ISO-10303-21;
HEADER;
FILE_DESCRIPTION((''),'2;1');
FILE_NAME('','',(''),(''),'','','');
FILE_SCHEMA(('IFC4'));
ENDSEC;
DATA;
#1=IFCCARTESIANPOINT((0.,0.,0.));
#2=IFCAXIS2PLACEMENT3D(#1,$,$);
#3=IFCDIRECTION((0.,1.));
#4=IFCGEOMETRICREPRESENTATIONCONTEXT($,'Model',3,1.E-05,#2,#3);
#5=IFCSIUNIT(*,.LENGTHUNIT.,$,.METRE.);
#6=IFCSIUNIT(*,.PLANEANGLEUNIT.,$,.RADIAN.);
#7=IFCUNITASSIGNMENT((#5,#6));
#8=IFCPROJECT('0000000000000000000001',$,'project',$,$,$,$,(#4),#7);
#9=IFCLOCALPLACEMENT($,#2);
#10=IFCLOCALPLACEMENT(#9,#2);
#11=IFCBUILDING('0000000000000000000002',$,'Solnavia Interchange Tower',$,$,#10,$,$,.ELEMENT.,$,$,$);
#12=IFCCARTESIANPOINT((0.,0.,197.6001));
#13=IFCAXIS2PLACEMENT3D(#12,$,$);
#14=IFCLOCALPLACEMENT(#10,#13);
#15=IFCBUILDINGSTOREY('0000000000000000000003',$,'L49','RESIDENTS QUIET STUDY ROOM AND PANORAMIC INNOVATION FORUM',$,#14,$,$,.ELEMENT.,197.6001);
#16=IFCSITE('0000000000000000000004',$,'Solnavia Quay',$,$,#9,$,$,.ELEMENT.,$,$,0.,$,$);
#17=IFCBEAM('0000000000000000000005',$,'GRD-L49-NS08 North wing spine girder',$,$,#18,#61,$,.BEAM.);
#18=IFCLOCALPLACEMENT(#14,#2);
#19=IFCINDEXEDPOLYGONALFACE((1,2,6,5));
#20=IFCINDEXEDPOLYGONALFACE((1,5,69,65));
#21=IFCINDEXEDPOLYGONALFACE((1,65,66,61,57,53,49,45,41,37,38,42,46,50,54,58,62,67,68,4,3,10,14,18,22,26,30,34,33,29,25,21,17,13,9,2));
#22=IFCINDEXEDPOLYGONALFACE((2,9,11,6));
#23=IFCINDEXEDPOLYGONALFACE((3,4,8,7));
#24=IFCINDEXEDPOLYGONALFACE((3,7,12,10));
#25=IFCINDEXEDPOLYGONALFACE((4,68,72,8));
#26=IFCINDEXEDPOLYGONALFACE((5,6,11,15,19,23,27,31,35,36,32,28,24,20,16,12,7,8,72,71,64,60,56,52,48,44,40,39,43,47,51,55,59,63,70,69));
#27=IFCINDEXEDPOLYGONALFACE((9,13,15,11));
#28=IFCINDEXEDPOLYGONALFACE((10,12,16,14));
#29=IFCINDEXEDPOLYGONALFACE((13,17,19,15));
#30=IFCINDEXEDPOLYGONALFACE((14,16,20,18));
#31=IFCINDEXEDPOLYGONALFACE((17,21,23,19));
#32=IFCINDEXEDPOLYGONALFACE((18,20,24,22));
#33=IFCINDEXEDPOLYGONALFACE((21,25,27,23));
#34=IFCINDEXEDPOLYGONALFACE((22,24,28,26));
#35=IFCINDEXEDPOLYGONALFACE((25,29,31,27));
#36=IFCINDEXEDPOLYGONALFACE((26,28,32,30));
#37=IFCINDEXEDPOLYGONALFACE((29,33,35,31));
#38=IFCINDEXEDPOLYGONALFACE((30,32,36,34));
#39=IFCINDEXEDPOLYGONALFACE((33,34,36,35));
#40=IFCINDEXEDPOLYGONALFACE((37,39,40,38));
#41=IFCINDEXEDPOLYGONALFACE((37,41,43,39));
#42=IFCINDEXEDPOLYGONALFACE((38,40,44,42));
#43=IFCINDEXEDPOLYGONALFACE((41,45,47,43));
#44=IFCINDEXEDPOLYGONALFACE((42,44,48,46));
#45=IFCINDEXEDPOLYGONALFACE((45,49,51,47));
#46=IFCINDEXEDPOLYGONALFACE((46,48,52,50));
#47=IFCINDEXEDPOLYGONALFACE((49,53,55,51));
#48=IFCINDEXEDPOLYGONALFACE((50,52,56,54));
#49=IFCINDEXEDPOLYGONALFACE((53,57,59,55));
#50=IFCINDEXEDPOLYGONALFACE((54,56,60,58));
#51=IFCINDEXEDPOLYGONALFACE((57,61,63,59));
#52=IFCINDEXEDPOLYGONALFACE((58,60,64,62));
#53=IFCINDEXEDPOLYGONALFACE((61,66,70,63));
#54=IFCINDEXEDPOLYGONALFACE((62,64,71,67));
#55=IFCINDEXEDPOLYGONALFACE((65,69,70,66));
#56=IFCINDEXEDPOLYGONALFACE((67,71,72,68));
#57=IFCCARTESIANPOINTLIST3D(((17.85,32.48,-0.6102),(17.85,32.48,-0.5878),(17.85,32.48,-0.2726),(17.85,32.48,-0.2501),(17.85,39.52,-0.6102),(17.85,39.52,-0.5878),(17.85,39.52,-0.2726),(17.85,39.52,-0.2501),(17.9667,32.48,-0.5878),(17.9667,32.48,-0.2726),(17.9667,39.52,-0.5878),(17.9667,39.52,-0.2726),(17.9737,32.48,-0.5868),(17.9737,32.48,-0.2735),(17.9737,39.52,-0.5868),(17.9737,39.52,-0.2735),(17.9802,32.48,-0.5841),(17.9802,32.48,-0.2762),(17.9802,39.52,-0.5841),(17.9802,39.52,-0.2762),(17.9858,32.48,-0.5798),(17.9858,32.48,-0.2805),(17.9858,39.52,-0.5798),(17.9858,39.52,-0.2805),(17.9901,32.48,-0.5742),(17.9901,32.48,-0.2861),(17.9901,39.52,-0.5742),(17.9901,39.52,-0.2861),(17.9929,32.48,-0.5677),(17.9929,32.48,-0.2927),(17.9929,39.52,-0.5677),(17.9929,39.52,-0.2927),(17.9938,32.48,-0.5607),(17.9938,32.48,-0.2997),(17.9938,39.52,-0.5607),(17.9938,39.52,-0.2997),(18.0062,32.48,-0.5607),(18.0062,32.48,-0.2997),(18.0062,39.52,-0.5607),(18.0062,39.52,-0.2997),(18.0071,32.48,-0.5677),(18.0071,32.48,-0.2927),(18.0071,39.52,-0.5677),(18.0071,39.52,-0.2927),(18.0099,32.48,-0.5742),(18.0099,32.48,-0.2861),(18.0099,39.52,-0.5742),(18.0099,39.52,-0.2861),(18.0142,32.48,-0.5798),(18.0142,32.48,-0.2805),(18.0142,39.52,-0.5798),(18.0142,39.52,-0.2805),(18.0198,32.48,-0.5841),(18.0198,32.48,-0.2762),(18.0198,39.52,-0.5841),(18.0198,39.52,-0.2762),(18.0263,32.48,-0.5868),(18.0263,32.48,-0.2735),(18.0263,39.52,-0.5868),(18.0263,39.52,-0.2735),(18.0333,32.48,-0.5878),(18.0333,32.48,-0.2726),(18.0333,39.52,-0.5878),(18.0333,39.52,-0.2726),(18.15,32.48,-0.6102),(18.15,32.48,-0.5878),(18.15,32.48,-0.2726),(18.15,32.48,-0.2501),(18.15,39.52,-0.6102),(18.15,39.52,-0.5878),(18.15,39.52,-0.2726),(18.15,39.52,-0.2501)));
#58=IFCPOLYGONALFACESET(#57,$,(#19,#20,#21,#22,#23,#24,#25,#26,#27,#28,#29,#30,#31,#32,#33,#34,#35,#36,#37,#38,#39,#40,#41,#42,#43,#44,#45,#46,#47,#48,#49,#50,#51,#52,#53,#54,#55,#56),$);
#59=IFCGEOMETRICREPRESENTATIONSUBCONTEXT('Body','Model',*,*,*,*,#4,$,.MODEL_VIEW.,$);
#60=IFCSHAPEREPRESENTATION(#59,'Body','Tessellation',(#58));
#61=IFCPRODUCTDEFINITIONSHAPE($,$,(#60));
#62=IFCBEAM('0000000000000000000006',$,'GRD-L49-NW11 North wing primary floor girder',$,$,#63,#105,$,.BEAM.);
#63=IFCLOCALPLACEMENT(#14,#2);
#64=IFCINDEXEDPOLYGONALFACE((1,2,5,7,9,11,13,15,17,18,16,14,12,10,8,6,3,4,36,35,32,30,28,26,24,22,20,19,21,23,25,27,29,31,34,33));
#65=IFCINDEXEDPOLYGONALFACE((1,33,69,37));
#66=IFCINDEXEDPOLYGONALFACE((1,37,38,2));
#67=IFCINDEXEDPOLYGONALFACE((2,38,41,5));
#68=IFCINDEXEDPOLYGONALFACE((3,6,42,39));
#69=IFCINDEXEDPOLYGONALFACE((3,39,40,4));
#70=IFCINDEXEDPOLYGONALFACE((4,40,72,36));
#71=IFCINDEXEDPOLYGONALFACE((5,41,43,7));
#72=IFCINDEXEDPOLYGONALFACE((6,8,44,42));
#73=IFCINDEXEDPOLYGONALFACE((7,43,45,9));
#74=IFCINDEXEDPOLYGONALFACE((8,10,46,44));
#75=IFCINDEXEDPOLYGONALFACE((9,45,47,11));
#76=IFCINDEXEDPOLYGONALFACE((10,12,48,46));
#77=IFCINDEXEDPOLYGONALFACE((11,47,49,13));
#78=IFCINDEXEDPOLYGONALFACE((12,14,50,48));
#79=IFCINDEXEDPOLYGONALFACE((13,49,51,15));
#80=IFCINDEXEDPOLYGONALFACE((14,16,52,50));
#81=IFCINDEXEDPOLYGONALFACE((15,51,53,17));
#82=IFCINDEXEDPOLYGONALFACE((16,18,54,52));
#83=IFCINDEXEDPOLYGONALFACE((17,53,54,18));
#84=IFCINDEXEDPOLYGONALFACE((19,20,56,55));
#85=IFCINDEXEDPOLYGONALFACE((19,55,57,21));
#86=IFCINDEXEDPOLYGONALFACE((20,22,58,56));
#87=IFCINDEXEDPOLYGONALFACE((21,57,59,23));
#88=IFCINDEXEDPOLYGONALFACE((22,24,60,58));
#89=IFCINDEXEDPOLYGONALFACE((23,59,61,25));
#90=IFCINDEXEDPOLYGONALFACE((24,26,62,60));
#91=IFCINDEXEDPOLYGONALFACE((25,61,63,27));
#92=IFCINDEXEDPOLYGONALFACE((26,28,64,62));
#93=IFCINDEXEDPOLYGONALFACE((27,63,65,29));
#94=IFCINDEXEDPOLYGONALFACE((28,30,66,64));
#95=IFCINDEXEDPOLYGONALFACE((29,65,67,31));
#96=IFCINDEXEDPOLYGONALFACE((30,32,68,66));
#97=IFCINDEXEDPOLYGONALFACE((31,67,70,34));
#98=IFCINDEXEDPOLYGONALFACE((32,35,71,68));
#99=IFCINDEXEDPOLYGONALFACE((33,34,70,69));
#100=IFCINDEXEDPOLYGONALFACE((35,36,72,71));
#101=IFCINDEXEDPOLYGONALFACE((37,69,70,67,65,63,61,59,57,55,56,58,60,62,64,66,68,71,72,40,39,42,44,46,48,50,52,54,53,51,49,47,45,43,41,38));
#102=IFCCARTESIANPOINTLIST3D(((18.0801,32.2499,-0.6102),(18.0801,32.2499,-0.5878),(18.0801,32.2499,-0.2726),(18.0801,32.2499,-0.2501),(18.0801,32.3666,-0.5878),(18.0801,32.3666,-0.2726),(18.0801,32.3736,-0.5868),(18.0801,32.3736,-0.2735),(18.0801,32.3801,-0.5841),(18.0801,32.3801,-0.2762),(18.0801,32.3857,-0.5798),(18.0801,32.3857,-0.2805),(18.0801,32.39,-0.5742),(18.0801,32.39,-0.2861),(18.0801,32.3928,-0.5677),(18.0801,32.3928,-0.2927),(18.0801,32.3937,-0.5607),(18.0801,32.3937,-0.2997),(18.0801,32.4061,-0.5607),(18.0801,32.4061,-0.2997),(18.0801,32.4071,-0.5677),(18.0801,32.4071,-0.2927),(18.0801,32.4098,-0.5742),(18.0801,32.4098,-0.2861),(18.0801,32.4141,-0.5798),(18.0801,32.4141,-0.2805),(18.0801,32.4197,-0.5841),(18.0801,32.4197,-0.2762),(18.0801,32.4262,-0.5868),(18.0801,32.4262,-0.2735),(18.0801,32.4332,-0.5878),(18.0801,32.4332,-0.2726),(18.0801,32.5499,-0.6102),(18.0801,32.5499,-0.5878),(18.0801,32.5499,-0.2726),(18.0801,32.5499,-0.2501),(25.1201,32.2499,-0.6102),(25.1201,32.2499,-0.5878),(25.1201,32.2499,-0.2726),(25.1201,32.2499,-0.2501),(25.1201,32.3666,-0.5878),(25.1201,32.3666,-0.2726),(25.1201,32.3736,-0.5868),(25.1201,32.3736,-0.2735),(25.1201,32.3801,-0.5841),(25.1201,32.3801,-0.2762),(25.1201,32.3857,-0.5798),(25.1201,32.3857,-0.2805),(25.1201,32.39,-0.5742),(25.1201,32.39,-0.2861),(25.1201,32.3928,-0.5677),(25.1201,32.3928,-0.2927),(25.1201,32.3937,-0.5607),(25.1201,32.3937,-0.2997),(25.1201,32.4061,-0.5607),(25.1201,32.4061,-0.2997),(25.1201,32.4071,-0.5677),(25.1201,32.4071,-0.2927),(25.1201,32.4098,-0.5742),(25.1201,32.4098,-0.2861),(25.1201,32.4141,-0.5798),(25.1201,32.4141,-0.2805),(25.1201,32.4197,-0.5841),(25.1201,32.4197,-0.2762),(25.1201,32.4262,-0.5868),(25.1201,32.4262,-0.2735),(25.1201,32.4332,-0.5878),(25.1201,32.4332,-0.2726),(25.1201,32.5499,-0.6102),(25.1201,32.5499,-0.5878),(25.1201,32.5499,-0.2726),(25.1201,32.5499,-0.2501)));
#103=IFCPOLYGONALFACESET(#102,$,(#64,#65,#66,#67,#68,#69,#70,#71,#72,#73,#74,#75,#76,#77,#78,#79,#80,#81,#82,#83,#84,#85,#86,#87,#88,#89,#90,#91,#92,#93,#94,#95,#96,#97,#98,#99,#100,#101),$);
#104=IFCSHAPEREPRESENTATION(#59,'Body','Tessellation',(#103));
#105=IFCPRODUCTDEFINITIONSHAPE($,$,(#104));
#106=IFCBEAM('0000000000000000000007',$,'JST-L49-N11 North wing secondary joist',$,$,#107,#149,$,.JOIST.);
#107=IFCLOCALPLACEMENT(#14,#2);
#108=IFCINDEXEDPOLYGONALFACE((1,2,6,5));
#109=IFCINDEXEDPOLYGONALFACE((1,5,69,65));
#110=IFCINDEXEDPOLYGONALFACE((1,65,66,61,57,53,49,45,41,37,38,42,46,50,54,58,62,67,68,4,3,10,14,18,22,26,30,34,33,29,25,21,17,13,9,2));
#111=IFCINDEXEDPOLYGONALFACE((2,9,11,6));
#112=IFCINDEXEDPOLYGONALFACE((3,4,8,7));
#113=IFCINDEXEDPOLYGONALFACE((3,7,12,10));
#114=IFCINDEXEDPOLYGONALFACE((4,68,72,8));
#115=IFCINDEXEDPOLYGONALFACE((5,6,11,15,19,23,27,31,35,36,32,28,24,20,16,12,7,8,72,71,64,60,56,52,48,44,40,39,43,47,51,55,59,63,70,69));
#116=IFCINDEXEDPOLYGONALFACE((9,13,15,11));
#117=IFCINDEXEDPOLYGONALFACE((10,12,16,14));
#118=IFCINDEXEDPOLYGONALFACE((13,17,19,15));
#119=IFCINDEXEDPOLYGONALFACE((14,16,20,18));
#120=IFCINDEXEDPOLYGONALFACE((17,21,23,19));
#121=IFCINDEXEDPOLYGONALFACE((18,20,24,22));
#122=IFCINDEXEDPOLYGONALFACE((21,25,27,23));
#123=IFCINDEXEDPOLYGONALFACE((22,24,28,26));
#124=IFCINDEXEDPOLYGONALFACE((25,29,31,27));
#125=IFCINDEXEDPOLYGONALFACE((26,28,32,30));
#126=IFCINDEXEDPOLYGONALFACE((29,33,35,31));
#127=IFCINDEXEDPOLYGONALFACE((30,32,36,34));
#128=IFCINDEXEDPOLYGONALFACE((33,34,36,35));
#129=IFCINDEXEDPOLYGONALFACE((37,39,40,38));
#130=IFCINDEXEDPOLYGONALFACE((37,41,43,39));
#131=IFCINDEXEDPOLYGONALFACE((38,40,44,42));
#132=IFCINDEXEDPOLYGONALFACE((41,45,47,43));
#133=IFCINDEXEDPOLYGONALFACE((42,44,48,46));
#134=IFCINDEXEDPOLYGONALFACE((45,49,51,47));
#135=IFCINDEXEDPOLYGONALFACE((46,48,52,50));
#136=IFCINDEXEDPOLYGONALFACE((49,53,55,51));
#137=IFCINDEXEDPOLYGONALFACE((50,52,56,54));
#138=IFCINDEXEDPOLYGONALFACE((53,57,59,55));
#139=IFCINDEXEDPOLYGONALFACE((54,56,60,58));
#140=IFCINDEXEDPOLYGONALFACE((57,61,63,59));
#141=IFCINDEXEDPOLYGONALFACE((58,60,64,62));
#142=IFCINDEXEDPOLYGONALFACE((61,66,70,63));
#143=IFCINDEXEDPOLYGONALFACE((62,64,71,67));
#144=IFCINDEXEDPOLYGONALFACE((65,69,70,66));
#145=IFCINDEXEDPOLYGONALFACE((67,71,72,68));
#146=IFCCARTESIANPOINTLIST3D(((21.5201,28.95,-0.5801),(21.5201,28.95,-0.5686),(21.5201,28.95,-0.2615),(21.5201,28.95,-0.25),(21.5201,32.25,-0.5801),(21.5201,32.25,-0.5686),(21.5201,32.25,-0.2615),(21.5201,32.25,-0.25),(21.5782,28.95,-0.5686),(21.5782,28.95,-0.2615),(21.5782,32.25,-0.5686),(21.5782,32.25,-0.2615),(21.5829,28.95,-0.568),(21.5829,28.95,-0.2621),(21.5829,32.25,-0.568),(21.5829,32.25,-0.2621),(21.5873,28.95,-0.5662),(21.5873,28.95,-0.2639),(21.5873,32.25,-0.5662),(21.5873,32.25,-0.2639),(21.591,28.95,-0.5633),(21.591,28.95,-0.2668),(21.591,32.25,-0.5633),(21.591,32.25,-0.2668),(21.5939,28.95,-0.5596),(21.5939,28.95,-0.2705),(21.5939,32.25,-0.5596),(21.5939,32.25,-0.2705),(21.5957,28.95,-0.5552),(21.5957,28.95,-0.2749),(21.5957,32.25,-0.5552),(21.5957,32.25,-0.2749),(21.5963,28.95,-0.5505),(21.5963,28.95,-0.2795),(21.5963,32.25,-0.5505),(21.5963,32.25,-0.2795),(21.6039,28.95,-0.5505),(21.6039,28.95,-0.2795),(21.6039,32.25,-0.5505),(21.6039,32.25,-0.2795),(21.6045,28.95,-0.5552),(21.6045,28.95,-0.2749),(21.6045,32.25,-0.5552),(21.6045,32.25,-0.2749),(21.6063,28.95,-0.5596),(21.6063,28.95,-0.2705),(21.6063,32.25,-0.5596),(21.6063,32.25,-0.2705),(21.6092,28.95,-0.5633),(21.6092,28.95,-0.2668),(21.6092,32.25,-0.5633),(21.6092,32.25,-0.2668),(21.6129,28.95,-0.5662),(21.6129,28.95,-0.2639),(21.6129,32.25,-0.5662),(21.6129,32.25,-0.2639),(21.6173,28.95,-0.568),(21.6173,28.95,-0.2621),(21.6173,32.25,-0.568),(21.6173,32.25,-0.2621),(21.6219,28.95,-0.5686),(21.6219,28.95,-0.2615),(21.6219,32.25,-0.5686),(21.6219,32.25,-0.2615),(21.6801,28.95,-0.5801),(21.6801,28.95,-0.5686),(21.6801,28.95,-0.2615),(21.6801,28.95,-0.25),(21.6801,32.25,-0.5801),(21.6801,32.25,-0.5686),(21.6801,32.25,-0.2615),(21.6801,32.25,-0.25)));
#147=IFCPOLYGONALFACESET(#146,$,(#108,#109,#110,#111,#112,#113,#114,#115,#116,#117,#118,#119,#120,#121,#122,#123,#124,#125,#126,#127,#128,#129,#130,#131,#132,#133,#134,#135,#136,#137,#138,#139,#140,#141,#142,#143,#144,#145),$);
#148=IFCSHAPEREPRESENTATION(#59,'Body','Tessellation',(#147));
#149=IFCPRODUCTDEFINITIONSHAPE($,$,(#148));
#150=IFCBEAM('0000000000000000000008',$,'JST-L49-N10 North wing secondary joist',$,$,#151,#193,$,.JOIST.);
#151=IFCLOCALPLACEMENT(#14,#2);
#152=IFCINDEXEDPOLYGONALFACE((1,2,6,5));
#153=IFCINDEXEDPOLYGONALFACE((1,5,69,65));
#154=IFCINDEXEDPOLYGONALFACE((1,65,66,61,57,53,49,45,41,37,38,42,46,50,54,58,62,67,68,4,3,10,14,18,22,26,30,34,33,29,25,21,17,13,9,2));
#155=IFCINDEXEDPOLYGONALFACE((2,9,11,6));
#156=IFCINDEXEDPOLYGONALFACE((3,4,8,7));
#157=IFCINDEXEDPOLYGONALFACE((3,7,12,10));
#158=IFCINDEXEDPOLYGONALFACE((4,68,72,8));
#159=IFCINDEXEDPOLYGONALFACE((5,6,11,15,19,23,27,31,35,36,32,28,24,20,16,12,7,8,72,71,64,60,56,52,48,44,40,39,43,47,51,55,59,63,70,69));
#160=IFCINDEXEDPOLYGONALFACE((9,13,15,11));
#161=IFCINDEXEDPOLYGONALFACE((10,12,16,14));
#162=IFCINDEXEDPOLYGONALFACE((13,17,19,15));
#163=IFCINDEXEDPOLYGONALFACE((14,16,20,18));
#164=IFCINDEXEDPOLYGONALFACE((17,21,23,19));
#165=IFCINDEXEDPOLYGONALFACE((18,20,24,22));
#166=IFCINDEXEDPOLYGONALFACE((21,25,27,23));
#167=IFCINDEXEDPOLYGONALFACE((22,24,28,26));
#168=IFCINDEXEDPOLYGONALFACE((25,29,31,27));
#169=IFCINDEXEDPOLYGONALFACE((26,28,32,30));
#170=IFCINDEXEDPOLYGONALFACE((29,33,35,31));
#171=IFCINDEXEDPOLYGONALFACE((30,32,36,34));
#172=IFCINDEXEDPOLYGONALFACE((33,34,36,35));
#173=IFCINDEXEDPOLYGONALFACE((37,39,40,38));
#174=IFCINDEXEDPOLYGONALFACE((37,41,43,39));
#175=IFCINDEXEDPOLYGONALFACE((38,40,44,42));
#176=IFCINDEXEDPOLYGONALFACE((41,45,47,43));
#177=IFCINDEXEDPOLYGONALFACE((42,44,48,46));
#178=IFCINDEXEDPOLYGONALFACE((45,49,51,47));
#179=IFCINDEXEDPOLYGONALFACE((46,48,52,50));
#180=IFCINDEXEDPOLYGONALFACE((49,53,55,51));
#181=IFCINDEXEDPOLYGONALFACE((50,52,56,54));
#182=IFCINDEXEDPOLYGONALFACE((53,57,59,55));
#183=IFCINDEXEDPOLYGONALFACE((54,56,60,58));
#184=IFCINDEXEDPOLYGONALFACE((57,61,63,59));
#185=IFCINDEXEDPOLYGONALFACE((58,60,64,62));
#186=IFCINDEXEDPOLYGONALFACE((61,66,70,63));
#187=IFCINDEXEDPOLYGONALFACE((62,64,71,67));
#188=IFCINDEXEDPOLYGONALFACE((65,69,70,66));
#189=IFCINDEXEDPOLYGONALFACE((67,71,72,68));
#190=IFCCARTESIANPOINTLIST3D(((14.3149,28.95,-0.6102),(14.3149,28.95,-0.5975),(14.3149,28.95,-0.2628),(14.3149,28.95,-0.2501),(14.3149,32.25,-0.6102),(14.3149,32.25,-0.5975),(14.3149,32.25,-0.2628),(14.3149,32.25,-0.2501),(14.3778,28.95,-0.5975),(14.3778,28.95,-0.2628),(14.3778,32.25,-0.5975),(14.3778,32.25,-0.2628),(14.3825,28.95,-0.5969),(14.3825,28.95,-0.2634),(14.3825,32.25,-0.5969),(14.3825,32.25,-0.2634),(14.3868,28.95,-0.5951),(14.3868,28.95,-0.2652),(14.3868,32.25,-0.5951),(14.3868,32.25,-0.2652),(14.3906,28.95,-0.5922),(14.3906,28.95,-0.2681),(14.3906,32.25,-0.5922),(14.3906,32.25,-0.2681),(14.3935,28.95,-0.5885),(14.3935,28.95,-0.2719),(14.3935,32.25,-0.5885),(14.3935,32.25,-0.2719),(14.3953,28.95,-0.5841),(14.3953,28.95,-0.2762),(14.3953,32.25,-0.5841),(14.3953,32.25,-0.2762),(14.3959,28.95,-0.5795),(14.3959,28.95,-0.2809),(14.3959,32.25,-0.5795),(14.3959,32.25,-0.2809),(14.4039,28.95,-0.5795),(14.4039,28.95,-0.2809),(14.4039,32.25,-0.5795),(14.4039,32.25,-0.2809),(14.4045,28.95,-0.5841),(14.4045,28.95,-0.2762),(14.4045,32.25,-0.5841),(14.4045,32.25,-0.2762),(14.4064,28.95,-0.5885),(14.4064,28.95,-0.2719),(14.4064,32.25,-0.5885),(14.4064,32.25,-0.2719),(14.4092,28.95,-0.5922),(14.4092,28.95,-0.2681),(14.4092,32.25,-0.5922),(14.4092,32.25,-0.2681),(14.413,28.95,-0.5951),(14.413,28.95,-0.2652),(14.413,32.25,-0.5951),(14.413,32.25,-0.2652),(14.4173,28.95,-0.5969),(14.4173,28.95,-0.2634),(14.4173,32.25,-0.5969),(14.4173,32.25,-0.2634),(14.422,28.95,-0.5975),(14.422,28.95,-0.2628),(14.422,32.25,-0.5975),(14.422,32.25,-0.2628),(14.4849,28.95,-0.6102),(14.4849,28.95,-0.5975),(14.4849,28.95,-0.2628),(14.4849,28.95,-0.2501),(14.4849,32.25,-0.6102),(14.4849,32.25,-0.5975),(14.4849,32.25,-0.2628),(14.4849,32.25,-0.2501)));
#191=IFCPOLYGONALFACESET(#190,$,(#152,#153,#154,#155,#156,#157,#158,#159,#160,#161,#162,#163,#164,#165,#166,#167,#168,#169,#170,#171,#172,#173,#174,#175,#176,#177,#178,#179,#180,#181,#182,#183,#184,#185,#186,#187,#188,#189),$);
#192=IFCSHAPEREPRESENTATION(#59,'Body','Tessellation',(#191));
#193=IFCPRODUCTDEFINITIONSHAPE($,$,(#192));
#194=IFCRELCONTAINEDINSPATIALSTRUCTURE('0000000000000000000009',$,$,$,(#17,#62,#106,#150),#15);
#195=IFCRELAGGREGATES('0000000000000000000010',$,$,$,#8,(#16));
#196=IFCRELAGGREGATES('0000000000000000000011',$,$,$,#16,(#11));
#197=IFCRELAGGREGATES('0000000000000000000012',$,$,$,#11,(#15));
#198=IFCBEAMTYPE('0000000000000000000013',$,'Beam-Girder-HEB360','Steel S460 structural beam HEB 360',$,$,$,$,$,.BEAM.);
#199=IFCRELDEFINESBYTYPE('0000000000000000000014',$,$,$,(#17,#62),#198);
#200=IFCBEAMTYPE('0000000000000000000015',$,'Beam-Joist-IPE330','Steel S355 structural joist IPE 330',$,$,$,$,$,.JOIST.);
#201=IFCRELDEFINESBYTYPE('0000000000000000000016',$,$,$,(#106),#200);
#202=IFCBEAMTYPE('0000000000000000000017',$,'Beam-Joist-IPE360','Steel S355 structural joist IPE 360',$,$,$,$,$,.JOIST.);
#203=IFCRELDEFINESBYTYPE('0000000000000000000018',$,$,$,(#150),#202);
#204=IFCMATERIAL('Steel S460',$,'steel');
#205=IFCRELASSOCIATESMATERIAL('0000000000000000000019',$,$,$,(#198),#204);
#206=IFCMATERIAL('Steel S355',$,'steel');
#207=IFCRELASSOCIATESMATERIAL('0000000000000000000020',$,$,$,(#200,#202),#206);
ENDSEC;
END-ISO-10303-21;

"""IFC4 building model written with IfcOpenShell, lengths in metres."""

from ifc_helpers import new_model, si_unit, direction, frame, origin, origin_2d, place, context, subcontext, project, spatial, i_section, extrude, material, material_profile, profile_set, type_object, element, save


model = new_model("IFC4")

# Units and contexts
model_context = context("Model", 3, precision=1e-05, world=origin(), true_north=direction((0.0, 1.0)))
body_context = subcontext(model_context, "Body", "Model", "MODEL_VIEW")
ifc_project = project(units=[si_unit("LENGTHUNIT", "METRE"), si_unit("PLANEANGLEUNIT", "RADIAN")], contexts=[model_context])

# Site, building, storey
site_placement = place(None, origin())
site = spatial("IfcSite", under=ifc_project, at=site_placement, Name="Solnavia Quay", CompositionType="ELEMENT", RefElevation=0.0)
building_placement = place(site_placement, origin())
building = spatial("IfcBuilding", under=site, at=building_placement, Name="Solnavia Interchange Tower", CompositionType="ELEMENT")
storey_placement = place(building_placement, frame((0.0, 0.0, 197.6001)))
storey = spatial("IfcBuildingStorey", under=building, at=storey_placement, Name="L49", Description="RESIDENTS QUIET STUDY ROOM AND PANORAMIC INNOVATION FORUM", CompositionType="ELEMENT", Elevation=197.6001)

# Shared definitions
ifc_material_1 = material(Name="Steel S355", Category="steel")

# Beams
ifc_material_2 = material(Name="Steel S460", Category="steel")
ifc_material_profile_1 = material_profile(ifc_material_2, i_section(OverallWidth=0.3, OverallDepth=0.3601, WebThickness=0.0125, FlangeThickness=0.0225, FilletRadius=0.0271, at=origin_2d()), Name="HEB 360")
ifc_profile_set_1 = profile_set([ifc_material_profile_1], Name="Steel S460")
beam_type_1 = type_object("IfcBeamType", Name="Beam-Girder-HEB360", Description="Steel S460 structural beam HEB 360", PredefinedType="BEAM", material=ifc_profile_set_1)
for number, where, z_axis, x_axis, name in (
    (1, (18.0, 32.48, -0.4302), (0.0, 1.0, 0.0), (-1.0, 0.0, 0.0), "GRD-L49-NS08 North wing spine girder"),
    (2, (18.0801, 32.3999, -0.4302), (1.0, 0.0, 0.0), (0.0, 1.0, 0.0), "GRD-L49-NW11 North wing primary floor girder"),
):
    element("IfcBeam", number, at=place(storey_placement, frame(where, z_axis=z_axis, x_axis=x_axis)), inside=storey, type_object=beam_type_1, Name=name, PredefinedType="BEAM", context=body_context, shape_type="SweptSolid", body=[
        extrude(i_section(OverallWidth=0.3, OverallDepth=0.3601, WebThickness=0.0125, FlangeThickness=0.0225, FilletRadius=0.0271, at=origin_2d()), origin(), (0.0, 0.0, 1.0), 7.04),
    ])
ifc_material_profile_2 = material_profile(ifc_material_1, i_section(OverallWidth=0.1599, OverallDepth=0.3301, WebThickness=0.0076, FlangeThickness=0.0115, FilletRadius=0.0181, at=origin_2d()), Name="IPE 330")
ifc_profile_set_2 = profile_set([ifc_material_profile_2], Name="Steel S355")
beam_type_2 = type_object("IfcBeamType", Name="Beam-Joist-IPE330", Description="Steel S355 structural joist IPE 330", PredefinedType="JOIST", material=ifc_profile_set_2)
beam_1_placement = place(storey_placement, frame((21.6001, 28.95, -0.415), z_axis=(0.0, 1.0, 0.0), x_axis=(-1.0, 0.0, 0.0)))
element("IfcBeam", 3, at=beam_1_placement, inside=storey, type_object=beam_type_2, Name="JST-L49-N11 North wing secondary joist", PredefinedType="JOIST", context=body_context, shape_type="SweptSolid", body=[
    extrude(i_section(OverallWidth=0.1599, OverallDepth=0.3301, WebThickness=0.0076, FlangeThickness=0.0115, FilletRadius=0.0181, at=origin_2d()), origin(), (0.0, 0.0, 1.0), 3.3),
])
ifc_material_profile_3 = material_profile(ifc_material_1, i_section(OverallWidth=0.1699, OverallDepth=0.3601, WebThickness=0.0081, FlangeThickness=0.0127, FilletRadius=0.0181, at=origin_2d()), Name="IPE 360")
ifc_profile_set_3 = profile_set([ifc_material_profile_3], Name="Steel S355")
beam_type_3 = type_object("IfcBeamType", Name="Beam-Joist-IPE360", Description="Steel S355 structural joist IPE 360", PredefinedType="JOIST", material=ifc_profile_set_3)
beam_2_placement = place(storey_placement, frame((14.3999, 28.95, -0.4302), z_axis=(0.0, 1.0, 0.0), x_axis=(-1.0, 0.0, 0.0)))
element("IfcBeam", 4, at=beam_2_placement, inside=storey, type_object=beam_type_3, Name="JST-L49-N10 North wing secondary joist", PredefinedType="JOIST", context=body_context, shape_type="SweptSolid", body=[
    extrude(i_section(OverallWidth=0.1699, OverallDepth=0.3601, WebThickness=0.0081, FlangeThickness=0.0127, FilletRadius=0.0181, at=origin_2d()), origin(), (0.0, 0.0, 1.0), 3.3),
])

save(model, "model.ifc")
